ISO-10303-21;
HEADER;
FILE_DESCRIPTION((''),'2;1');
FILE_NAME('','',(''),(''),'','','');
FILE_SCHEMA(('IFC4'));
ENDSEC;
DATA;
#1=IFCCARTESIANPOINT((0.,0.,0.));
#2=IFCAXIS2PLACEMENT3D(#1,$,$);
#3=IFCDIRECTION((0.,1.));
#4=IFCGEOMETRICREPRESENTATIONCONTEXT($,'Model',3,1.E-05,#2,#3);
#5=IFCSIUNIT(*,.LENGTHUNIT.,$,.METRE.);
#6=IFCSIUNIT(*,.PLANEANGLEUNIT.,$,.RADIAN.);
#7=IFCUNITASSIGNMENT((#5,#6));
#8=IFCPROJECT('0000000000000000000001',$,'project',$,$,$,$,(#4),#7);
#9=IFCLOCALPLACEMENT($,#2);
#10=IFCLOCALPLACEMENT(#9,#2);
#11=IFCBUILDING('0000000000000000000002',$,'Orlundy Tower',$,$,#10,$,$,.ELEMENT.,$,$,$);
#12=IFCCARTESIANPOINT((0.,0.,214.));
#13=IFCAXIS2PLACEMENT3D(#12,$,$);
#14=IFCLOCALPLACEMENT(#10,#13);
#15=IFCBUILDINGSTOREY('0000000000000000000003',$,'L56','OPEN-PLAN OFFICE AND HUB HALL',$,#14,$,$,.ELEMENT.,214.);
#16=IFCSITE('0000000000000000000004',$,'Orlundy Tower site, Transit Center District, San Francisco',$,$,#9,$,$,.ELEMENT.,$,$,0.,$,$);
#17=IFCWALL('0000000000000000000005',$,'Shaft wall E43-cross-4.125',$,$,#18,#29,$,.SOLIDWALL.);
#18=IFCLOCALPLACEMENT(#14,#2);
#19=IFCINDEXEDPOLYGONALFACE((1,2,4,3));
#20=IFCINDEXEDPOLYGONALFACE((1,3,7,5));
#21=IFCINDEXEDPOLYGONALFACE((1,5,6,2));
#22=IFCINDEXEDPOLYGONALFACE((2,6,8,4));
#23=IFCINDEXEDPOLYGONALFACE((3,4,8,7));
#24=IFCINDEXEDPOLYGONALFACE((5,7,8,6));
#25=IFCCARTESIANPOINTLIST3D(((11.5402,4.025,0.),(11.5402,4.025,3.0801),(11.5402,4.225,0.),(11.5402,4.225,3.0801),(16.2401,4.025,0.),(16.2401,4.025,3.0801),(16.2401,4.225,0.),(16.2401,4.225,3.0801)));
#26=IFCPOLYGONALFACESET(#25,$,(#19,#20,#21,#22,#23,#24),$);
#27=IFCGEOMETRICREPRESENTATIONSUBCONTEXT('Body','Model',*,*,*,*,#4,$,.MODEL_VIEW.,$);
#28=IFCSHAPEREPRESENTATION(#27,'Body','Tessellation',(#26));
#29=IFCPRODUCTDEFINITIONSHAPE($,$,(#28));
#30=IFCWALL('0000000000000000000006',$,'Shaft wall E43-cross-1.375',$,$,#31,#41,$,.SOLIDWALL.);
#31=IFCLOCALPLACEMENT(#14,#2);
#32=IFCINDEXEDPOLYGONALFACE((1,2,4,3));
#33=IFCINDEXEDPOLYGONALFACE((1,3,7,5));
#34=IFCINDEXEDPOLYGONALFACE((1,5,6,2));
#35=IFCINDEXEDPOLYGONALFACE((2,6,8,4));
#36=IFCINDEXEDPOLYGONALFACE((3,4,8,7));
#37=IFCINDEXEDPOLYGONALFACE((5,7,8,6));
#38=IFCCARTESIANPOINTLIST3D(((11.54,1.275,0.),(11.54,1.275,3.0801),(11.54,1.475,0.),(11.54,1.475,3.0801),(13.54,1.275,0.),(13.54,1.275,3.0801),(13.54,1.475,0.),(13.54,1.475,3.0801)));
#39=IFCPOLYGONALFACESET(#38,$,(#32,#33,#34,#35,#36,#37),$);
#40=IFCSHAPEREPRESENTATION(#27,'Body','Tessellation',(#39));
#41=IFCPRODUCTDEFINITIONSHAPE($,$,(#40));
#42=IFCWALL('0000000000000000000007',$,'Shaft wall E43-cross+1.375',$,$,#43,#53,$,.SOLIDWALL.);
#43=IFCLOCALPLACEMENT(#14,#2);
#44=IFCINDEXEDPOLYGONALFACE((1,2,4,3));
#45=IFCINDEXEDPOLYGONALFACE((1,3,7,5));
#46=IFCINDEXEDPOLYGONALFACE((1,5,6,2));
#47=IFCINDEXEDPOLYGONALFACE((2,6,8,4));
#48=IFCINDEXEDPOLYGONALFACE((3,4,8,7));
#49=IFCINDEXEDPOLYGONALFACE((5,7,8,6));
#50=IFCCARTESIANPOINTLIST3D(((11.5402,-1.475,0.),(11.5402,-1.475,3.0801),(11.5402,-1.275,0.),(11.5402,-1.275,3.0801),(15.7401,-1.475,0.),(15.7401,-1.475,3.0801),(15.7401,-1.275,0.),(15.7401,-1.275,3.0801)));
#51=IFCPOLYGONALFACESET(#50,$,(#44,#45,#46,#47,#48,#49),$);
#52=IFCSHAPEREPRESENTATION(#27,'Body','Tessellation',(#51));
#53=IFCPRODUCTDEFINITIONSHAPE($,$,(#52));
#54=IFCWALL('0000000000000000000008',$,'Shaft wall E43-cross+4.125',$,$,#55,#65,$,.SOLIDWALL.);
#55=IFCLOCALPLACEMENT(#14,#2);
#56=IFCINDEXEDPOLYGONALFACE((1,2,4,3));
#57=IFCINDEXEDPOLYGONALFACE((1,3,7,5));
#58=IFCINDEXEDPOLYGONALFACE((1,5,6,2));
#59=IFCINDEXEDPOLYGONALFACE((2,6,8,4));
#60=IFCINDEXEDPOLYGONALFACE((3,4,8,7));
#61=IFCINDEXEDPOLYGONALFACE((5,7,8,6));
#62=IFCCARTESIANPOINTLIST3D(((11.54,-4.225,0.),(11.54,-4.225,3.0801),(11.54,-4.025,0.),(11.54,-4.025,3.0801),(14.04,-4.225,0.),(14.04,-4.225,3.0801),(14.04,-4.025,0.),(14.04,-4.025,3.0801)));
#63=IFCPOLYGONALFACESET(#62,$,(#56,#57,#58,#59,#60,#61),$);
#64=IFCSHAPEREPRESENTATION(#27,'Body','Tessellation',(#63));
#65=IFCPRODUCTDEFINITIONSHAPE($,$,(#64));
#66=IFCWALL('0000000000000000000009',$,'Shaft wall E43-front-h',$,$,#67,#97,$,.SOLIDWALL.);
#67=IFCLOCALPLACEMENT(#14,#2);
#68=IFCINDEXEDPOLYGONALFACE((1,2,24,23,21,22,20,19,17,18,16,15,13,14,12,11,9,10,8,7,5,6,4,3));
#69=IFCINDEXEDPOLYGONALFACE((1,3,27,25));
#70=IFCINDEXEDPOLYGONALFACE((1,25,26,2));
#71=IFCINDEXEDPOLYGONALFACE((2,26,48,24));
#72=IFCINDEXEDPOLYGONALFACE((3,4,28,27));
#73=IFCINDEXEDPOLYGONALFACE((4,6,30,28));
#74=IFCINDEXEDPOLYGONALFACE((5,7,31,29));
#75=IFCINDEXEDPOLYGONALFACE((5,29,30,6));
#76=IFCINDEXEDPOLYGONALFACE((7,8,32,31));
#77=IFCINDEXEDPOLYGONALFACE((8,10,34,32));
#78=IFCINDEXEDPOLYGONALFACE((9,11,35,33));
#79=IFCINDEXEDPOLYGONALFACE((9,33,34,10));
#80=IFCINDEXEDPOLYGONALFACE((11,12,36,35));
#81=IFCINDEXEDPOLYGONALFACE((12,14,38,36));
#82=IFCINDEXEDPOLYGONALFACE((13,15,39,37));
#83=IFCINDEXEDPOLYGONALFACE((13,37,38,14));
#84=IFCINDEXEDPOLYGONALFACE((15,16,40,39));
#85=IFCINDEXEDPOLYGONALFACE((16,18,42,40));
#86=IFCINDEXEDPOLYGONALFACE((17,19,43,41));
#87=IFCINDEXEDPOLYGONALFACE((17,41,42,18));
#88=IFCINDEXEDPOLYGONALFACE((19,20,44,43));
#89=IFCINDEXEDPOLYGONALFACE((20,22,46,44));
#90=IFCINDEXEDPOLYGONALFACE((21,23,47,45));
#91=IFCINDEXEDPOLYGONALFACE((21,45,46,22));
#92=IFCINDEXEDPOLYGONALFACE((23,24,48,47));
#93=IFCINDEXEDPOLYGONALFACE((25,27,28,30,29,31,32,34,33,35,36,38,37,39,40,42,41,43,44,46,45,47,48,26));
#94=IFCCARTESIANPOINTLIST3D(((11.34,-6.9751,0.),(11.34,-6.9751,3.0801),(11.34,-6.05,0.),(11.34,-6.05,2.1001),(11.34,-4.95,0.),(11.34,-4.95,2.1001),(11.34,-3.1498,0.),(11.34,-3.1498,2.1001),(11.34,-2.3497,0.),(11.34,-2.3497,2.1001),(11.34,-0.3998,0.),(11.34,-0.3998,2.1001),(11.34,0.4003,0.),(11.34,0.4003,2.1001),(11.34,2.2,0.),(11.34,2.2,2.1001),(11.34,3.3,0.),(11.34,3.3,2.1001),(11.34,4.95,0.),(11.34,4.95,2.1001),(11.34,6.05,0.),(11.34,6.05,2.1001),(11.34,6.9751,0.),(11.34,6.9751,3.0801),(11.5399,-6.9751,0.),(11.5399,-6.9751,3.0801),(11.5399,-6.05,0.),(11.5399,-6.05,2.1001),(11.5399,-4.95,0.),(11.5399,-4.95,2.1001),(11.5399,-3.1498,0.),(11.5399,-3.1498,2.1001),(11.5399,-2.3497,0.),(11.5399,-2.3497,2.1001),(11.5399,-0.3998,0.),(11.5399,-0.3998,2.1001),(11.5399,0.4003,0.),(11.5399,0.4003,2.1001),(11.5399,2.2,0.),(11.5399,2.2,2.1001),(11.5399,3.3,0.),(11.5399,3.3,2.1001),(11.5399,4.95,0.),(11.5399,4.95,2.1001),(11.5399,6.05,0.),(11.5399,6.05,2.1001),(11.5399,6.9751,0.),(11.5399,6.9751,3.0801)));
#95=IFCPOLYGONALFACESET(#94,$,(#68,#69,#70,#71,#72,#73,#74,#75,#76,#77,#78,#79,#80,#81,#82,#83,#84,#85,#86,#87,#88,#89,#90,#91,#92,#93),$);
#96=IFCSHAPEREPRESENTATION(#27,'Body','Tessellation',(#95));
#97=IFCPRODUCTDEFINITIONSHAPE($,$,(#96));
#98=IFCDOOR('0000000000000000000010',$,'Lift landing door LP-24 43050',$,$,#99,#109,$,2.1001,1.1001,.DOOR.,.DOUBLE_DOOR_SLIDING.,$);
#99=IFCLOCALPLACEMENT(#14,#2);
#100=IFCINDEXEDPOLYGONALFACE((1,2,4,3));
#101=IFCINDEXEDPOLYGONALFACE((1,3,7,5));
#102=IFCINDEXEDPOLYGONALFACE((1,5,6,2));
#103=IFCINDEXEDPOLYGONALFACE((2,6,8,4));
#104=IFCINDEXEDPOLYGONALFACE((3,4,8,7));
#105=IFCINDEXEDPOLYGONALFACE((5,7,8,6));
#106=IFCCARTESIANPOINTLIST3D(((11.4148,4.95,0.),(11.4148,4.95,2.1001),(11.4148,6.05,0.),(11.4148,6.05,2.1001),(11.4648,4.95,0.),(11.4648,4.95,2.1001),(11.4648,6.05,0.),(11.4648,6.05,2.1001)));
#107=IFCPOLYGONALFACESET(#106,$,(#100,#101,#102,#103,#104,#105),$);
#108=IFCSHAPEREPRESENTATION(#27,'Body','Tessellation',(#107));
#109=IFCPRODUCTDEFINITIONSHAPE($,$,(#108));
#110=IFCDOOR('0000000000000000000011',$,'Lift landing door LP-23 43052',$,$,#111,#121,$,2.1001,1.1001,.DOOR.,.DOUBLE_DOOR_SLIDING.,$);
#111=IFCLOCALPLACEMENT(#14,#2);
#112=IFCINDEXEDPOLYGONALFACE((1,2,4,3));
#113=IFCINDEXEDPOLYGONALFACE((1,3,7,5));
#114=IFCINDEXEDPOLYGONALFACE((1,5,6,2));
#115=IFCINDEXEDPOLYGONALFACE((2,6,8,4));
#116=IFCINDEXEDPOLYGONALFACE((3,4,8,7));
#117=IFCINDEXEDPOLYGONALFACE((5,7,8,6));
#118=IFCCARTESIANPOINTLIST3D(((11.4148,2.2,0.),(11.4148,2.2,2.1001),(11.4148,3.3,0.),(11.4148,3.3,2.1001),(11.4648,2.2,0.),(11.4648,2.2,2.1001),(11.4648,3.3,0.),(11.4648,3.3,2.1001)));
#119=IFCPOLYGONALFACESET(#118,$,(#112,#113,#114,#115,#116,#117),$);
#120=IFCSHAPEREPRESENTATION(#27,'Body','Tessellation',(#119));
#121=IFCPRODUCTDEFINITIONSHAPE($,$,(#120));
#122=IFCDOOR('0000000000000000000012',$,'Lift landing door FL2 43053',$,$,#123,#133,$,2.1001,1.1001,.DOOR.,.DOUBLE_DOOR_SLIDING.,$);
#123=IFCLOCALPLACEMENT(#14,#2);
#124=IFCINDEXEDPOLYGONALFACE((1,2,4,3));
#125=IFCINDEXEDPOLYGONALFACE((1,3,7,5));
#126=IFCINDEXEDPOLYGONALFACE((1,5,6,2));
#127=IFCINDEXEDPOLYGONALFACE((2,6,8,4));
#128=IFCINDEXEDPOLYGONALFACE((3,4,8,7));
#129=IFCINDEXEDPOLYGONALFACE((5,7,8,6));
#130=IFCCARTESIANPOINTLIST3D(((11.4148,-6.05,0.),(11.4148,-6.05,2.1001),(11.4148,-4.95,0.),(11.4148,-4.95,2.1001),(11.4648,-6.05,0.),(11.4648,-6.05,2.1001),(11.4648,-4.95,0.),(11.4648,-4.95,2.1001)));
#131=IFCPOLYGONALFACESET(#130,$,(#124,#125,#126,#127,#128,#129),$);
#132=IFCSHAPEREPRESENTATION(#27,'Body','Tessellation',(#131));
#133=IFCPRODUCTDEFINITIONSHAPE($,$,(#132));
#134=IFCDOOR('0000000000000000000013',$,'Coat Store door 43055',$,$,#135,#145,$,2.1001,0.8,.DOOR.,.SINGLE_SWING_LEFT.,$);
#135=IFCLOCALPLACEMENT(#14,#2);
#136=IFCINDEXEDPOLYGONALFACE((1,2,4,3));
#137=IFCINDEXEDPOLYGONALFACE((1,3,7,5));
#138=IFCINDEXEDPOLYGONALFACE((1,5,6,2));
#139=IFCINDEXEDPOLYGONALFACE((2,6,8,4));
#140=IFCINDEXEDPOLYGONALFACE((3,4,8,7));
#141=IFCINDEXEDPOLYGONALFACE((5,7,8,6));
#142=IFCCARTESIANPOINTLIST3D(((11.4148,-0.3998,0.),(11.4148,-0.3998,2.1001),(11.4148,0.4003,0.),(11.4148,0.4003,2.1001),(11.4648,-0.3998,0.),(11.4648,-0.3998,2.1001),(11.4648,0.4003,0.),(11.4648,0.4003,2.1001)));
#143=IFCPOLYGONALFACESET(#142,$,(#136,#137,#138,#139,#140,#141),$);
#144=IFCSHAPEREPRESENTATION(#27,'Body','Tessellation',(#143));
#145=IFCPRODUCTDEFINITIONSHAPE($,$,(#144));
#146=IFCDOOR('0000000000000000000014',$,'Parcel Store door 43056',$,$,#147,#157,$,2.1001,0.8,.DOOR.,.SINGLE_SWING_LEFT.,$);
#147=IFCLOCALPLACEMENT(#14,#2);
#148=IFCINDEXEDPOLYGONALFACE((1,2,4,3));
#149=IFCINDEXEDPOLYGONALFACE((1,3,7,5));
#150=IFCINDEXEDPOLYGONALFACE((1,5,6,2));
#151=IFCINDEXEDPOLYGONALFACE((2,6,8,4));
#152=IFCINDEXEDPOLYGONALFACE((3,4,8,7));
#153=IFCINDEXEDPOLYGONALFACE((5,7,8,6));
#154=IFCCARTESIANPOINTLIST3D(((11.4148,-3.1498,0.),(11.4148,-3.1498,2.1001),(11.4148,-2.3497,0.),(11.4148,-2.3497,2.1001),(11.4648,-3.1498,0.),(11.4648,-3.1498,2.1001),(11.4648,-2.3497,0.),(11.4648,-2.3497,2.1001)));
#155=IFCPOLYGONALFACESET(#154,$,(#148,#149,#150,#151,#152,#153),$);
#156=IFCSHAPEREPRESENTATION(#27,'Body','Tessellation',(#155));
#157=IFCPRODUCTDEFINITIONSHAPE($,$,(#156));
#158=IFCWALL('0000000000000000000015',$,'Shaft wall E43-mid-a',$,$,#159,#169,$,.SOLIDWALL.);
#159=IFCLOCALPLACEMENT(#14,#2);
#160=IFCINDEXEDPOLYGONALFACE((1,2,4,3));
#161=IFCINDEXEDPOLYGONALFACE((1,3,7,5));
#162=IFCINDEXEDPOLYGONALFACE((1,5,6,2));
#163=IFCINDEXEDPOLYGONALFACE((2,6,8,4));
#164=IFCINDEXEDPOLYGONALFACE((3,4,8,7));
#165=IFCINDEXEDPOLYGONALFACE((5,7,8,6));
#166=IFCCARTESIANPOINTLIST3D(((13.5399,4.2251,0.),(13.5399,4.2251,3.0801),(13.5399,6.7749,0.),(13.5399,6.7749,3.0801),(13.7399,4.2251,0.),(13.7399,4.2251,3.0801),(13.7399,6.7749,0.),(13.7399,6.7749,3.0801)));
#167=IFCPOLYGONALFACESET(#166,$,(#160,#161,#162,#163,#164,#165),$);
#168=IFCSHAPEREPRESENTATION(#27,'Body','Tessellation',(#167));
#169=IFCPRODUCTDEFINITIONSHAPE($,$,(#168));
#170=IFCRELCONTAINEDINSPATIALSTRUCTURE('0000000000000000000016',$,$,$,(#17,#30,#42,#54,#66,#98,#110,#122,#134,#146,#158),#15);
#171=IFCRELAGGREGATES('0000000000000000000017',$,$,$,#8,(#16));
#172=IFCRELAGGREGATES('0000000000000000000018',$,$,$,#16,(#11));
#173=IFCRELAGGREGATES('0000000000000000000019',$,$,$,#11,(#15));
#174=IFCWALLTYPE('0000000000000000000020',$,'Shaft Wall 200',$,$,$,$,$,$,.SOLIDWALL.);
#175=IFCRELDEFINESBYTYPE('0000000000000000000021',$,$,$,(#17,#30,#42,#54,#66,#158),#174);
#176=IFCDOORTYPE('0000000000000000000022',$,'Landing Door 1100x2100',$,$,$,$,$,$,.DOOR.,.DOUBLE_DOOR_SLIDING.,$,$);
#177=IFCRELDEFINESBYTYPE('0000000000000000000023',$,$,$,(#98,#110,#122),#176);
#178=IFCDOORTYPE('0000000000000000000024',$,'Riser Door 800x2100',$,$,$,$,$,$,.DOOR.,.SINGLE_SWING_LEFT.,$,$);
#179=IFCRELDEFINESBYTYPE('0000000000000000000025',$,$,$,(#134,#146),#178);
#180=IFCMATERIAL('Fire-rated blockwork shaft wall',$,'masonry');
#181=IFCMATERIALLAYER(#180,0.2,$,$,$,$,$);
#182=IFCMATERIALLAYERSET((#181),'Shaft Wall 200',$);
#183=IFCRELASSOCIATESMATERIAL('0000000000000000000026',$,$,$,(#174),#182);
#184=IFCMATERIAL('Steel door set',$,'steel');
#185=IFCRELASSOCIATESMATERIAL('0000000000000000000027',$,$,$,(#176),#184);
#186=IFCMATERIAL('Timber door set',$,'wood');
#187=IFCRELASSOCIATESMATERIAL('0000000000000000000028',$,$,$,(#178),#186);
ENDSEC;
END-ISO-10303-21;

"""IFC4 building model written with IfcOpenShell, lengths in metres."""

from ifc_helpers import new_model, si_unit, direction, frame, frame_2d, origin, place, context, subcontext, project, spatial, rectangle, extrude, material, layer, layer_set, type_object, element, fill, save


model = new_model("IFC4")

# Units and contexts
model_context = context("Model", 3, precision=1e-05, world=origin(), true_north=direction((0.0, 1.0)))
body_context = subcontext(model_context, "Body", "Model", "MODEL_VIEW")
ifc_project = project(units=[si_unit("LENGTHUNIT", "METRE"), si_unit("PLANEANGLEUNIT", "RADIAN")], contexts=[model_context])

# Site, building, storey
site_placement = place(None, origin())
site = spatial("IfcSite", under=ifc_project, at=site_placement, Name="Orlundy Tower site, Transit Center District, San Francisco", CompositionType="ELEMENT", RefElevation=0.0)
building_placement = place(site_placement, origin())
building = spatial("IfcBuilding", under=site, at=building_placement, Name="Orlundy Tower", CompositionType="ELEMENT")
storey_placement = place(building_placement, frame((0.0, 0.0, 214.0)))
storey = spatial("IfcBuildingStorey", under=building, at=storey_placement, Name="L56", Description="OPEN-PLAN OFFICE AND HUB HALL", CompositionType="ELEMENT", Elevation=214.0)

# Walls
ifc_material_1 = material(Name="Fire-rated blockwork shaft wall", Category="masonry")
ifc_layer_1 = layer(ifc_material_1, 0.2)
ifc_layer_set_1 = layer_set([ifc_layer_1], Name="Shaft Wall 200")
wall_type_1 = type_object("IfcWallType", Name="Shaft Wall 200", PredefinedType="SOLIDWALL", material=ifc_layer_set_1)
wall_1_placement = place(storey_placement, frame((11.54, 4.125, 0.0), z_axis=(0.0, 0.0, 1.0), x_axis=(1.0, 0.0, 0.0)))
element("IfcWall", 1, at=wall_1_placement, inside=storey, type_object=wall_type_1, Name="Shaft wall E43-cross-4.125", PredefinedType="SOLIDWALL", context=body_context, shape_type="SweptSolid", body=[
    extrude(rectangle(XDim=4.7, YDim=0.2, at=frame_2d((2.3501, 0.0))), origin(), (0.0, 0.0, 1.0), 3.0801),
])
wall_2_placement = place(storey_placement, frame((11.54, 1.375, 0.0), z_axis=(0.0, 0.0, 1.0), x_axis=(1.0, 0.0, 0.0)))
element("IfcWall", 2, at=wall_2_placement, inside=storey, type_object=wall_type_1, Name="Shaft wall E43-cross-1.375", PredefinedType="SOLIDWALL", context=body_context, shape_type="SweptSolid", body=[
    extrude(rectangle(XDim=2.0, YDim=0.2, at=frame_2d((1.0, 0.0))), origin(), (0.0, 0.0, 1.0), 3.0801),
])
wall_3_placement = place(storey_placement, frame((11.54, -1.375, 0.0), z_axis=(0.0, 0.0, 1.0), x_axis=(1.0, 0.0, 0.0)))
element("IfcWall", 3, at=wall_3_placement, inside=storey, type_object=wall_type_1, Name="Shaft wall E43-cross+1.375", PredefinedType="SOLIDWALL", context=body_context, shape_type="SweptSolid", body=[
    extrude(rectangle(XDim=4.2, YDim=0.2, at=frame_2d((2.1001, 0.0))), origin(), (0.0, 0.0, 1.0), 3.0801),
])
wall_4_placement = place(storey_placement, frame((11.54, -4.125, 0.0), z_axis=(0.0, 0.0, 1.0), x_axis=(1.0, 0.0, 0.0)))
element("IfcWall", 4, at=wall_4_placement, inside=storey, type_object=wall_type_1, Name="Shaft wall E43-cross+4.125", PredefinedType="SOLIDWALL", context=body_context, shape_type="SweptSolid", body=[
    extrude(rectangle(XDim=2.5, YDim=0.2, at=frame_2d((1.25, 0.0))), origin(), (0.0, 0.0, 1.0), 3.0801),
])

# Wall, openings, doors
wall_5_placement = place(storey_placement, frame((11.4399, 6.9751, 0.0), z_axis=(0.0, 0.0, 1.0), x_axis=(0.0, -1.0, 0.0)))
wall_5 = element("IfcWall", 5, at=wall_5_placement, inside=storey, type_object=wall_type_1, Name="Shaft wall E43-front-h", PredefinedType="SOLIDWALL", context=body_context, shape_type="SweptSolid", body=[
    extrude(rectangle(XDim=13.9502, YDim=0.2, at=frame_2d((6.9751, 0.0))), origin(), (0.0, 0.0, 1.0), 3.0801),
])
opening_1_placement = place(wall_5_placement, frame((0.925, 0.0, 0.0)))
opening_1 = element("IfcOpeningElement", 6, at=opening_1_placement, cuts=wall_5, PredefinedType="OPENING", context=body_context, shape_type="SweptSolid", body=[
    extrude(rectangle(XDim=1.1001, YDim=2.1001, at=frame_2d((0.55, 1.05))), frame((0.0, 0.1101, 0.0), z_axis=(0.0, -1.0, 0.0), x_axis=(1.0, 0.0, 0.0)), (0.0, 0.0, 1.0), 0.2202),
])
opening_2_placement = place(wall_5_placement, frame((3.675, 0.0, 0.0)))
opening_2 = element("IfcOpeningElement", 7, at=opening_2_placement, cuts=wall_5, PredefinedType="OPENING", context=body_context, shape_type="SweptSolid", body=[
    extrude(rectangle(XDim=1.1001, YDim=2.1001, at=frame_2d((0.55, 1.05))), frame((0.0, 0.1101, 0.0), z_axis=(0.0, -1.0, 0.0), x_axis=(1.0, 0.0, 0.0)), (0.0, 0.0, 1.0), 0.2202),
])
opening_3_placement = place(wall_5_placement, frame((11.925, 0.0, 0.0)))
opening_3 = element("IfcOpeningElement", 8, at=opening_3_placement, cuts=wall_5, PredefinedType="OPENING", context=body_context, shape_type="SweptSolid", body=[
    extrude(rectangle(XDim=1.1001, YDim=2.1001, at=frame_2d((0.55, 1.05))), frame((0.0, 0.1101, 0.0), z_axis=(0.0, -1.0, 0.0), x_axis=(1.0, 0.0, 0.0)), (0.0, 0.0, 1.0), 0.2202),
])
opening_4_placement = place(wall_5_placement, frame((6.575, 0.0, 0.0)))
opening_4 = element("IfcOpeningElement", 9, at=opening_4_placement, cuts=wall_5, PredefinedType="OPENING", context=body_context, shape_type="SweptSolid", body=[
    extrude(rectangle(XDim=0.8, YDim=2.1001, at=frame_2d((0.3999, 1.05))), frame((0.0, 0.1101, 0.0), z_axis=(0.0, -1.0, 0.0), x_axis=(1.0, 0.0, 0.0)), (0.0, 0.0, 1.0), 0.2202),
])
opening_5_placement = place(wall_5_placement, frame((9.325, 0.0, 0.0)))
opening_5 = element("IfcOpeningElement", 10, at=opening_5_placement, cuts=wall_5, PredefinedType="OPENING", context=body_context, shape_type="SweptSolid", body=[
    extrude(rectangle(XDim=0.8, YDim=2.1001, at=frame_2d((0.3999, 1.05))), frame((0.0, 0.1101, 0.0), z_axis=(0.0, -1.0, 0.0), x_axis=(1.0, 0.0, 0.0)), (0.0, 0.0, 1.0), 0.2202),
])
ifc_material_2 = material(Name="Steel door set", Category="steel")
door_type_1 = type_object("IfcDoorType", Name="Landing Door 1100x2100", OperationType="DOUBLE_DOOR_SLIDING", PredefinedType="DOOR", material=ifc_material_2)
door_1_placement = place(opening_1_placement, origin())
door_1 = element("IfcDoor", 11, at=door_1_placement, inside=storey, type_object=door_type_1, Name="Lift landing door LP-24 43050", OperationType="DOUBLE_DOOR_SLIDING", OverallHeight=2.1001, OverallWidth=1.1001, PredefinedType="DOOR", context=body_context, shape_type="SweptSolid", body=[
    extrude(rectangle(XDim=1.1001, YDim=2.1001, at=frame_2d((0.55, 1.05))), frame((0.0, 0.0249, 0.0), z_axis=(0.0, -1.0, 0.0), x_axis=(1.0, 0.0, 0.0)), (0.0, 0.0, 1.0), 0.05),
])
fill(opening_1, door_1)
door_2_placement = place(opening_2_placement, origin())
door_2 = element("IfcDoor", 12, at=door_2_placement, inside=storey, type_object=door_type_1, Name="Lift landing door LP-23 43052", OperationType="DOUBLE_DOOR_SLIDING", OverallHeight=2.1001, OverallWidth=1.1001, PredefinedType="DOOR", context=body_context, shape_type="SweptSolid", body=[
    extrude(rectangle(XDim=1.1001, YDim=2.1001, at=frame_2d((0.55, 1.05))), frame((0.0, 0.0249, 0.0), z_axis=(0.0, -1.0, 0.0), x_axis=(1.0, 0.0, 0.0)), (0.0, 0.0, 1.0), 0.05),
])
fill(opening_2, door_2)
door_3_placement = place(opening_3_placement, origin())
door_3 = element("IfcDoor", 13, at=door_3_placement, inside=storey, type_object=door_type_1, Name="Lift landing door FL2 43053", OperationType="DOUBLE_DOOR_SLIDING", OverallHeight=2.1001, OverallWidth=1.1001, PredefinedType="DOOR", context=body_context, shape_type="SweptSolid", body=[
    extrude(rectangle(XDim=1.1001, YDim=2.1001, at=frame_2d((0.55, 1.05))), frame((0.0, 0.0249, 0.0), z_axis=(0.0, -1.0, 0.0), x_axis=(1.0, 0.0, 0.0)), (0.0, 0.0, 1.0), 0.05),
])
fill(opening_3, door_3)
ifc_material_3 = material(Name="Timber door set", Category="wood")
door_type_2 = type_object("IfcDoorType", Name="Riser Door 800x2100", OperationType="SINGLE_SWING_LEFT", PredefinedType="DOOR", material=ifc_material_3)
door_4_placement = place(opening_4_placement, origin())
door_4 = element("IfcDoor", 14, at=door_4_placement, inside=storey, type_object=door_type_2, Name="Coat Store door 43055", OperationType="SINGLE_SWING_LEFT", OverallHeight=2.1001, OverallWidth=0.8, PredefinedType="DOOR", context=body_context, shape_type="SweptSolid", body=[
    extrude(rectangle(XDim=0.8, YDim=2.1001, at=frame_2d((0.3999, 1.05))), frame((0.0, 0.0249, 0.0), z_axis=(0.0, -1.0, 0.0), x_axis=(1.0, 0.0, 0.0)), (0.0, 0.0, 1.0), 0.05),
])
fill(opening_4, door_4)
door_5_placement = place(opening_5_placement, origin())
door_5 = element("IfcDoor", 15, at=door_5_placement, inside=storey, type_object=door_type_2, Name="Parcel Store door 43056", OperationType="SINGLE_SWING_LEFT", OverallHeight=2.1001, OverallWidth=0.8, PredefinedType="DOOR", context=body_context, shape_type="SweptSolid", body=[
    extrude(rectangle(XDim=0.8, YDim=2.1001, at=frame_2d((0.3999, 1.05))), frame((0.0, 0.0249, 0.0), z_axis=(0.0, -1.0, 0.0), x_axis=(1.0, 0.0, 0.0)), (0.0, 0.0, 1.0), 0.05),
])
fill(opening_5, door_5)

# Wall
wall_6_placement = place(storey_placement, frame((13.6399, 6.7749, 0.0), z_axis=(0.0, 0.0, 1.0), x_axis=(0.0, -1.0, 0.0)))
element("IfcWall", 16, at=wall_6_placement, inside=storey, type_object=wall_type_1, Name="Shaft wall E43-mid-a", PredefinedType="SOLIDWALL", context=body_context, shape_type="SweptSolid", body=[
    extrude(rectangle(XDim=2.5498, YDim=0.2, at=frame_2d((1.2749, 0.0))), origin(), (0.0, 0.0, 1.0), 3.0801),
])

save(model, "model.ifc")
